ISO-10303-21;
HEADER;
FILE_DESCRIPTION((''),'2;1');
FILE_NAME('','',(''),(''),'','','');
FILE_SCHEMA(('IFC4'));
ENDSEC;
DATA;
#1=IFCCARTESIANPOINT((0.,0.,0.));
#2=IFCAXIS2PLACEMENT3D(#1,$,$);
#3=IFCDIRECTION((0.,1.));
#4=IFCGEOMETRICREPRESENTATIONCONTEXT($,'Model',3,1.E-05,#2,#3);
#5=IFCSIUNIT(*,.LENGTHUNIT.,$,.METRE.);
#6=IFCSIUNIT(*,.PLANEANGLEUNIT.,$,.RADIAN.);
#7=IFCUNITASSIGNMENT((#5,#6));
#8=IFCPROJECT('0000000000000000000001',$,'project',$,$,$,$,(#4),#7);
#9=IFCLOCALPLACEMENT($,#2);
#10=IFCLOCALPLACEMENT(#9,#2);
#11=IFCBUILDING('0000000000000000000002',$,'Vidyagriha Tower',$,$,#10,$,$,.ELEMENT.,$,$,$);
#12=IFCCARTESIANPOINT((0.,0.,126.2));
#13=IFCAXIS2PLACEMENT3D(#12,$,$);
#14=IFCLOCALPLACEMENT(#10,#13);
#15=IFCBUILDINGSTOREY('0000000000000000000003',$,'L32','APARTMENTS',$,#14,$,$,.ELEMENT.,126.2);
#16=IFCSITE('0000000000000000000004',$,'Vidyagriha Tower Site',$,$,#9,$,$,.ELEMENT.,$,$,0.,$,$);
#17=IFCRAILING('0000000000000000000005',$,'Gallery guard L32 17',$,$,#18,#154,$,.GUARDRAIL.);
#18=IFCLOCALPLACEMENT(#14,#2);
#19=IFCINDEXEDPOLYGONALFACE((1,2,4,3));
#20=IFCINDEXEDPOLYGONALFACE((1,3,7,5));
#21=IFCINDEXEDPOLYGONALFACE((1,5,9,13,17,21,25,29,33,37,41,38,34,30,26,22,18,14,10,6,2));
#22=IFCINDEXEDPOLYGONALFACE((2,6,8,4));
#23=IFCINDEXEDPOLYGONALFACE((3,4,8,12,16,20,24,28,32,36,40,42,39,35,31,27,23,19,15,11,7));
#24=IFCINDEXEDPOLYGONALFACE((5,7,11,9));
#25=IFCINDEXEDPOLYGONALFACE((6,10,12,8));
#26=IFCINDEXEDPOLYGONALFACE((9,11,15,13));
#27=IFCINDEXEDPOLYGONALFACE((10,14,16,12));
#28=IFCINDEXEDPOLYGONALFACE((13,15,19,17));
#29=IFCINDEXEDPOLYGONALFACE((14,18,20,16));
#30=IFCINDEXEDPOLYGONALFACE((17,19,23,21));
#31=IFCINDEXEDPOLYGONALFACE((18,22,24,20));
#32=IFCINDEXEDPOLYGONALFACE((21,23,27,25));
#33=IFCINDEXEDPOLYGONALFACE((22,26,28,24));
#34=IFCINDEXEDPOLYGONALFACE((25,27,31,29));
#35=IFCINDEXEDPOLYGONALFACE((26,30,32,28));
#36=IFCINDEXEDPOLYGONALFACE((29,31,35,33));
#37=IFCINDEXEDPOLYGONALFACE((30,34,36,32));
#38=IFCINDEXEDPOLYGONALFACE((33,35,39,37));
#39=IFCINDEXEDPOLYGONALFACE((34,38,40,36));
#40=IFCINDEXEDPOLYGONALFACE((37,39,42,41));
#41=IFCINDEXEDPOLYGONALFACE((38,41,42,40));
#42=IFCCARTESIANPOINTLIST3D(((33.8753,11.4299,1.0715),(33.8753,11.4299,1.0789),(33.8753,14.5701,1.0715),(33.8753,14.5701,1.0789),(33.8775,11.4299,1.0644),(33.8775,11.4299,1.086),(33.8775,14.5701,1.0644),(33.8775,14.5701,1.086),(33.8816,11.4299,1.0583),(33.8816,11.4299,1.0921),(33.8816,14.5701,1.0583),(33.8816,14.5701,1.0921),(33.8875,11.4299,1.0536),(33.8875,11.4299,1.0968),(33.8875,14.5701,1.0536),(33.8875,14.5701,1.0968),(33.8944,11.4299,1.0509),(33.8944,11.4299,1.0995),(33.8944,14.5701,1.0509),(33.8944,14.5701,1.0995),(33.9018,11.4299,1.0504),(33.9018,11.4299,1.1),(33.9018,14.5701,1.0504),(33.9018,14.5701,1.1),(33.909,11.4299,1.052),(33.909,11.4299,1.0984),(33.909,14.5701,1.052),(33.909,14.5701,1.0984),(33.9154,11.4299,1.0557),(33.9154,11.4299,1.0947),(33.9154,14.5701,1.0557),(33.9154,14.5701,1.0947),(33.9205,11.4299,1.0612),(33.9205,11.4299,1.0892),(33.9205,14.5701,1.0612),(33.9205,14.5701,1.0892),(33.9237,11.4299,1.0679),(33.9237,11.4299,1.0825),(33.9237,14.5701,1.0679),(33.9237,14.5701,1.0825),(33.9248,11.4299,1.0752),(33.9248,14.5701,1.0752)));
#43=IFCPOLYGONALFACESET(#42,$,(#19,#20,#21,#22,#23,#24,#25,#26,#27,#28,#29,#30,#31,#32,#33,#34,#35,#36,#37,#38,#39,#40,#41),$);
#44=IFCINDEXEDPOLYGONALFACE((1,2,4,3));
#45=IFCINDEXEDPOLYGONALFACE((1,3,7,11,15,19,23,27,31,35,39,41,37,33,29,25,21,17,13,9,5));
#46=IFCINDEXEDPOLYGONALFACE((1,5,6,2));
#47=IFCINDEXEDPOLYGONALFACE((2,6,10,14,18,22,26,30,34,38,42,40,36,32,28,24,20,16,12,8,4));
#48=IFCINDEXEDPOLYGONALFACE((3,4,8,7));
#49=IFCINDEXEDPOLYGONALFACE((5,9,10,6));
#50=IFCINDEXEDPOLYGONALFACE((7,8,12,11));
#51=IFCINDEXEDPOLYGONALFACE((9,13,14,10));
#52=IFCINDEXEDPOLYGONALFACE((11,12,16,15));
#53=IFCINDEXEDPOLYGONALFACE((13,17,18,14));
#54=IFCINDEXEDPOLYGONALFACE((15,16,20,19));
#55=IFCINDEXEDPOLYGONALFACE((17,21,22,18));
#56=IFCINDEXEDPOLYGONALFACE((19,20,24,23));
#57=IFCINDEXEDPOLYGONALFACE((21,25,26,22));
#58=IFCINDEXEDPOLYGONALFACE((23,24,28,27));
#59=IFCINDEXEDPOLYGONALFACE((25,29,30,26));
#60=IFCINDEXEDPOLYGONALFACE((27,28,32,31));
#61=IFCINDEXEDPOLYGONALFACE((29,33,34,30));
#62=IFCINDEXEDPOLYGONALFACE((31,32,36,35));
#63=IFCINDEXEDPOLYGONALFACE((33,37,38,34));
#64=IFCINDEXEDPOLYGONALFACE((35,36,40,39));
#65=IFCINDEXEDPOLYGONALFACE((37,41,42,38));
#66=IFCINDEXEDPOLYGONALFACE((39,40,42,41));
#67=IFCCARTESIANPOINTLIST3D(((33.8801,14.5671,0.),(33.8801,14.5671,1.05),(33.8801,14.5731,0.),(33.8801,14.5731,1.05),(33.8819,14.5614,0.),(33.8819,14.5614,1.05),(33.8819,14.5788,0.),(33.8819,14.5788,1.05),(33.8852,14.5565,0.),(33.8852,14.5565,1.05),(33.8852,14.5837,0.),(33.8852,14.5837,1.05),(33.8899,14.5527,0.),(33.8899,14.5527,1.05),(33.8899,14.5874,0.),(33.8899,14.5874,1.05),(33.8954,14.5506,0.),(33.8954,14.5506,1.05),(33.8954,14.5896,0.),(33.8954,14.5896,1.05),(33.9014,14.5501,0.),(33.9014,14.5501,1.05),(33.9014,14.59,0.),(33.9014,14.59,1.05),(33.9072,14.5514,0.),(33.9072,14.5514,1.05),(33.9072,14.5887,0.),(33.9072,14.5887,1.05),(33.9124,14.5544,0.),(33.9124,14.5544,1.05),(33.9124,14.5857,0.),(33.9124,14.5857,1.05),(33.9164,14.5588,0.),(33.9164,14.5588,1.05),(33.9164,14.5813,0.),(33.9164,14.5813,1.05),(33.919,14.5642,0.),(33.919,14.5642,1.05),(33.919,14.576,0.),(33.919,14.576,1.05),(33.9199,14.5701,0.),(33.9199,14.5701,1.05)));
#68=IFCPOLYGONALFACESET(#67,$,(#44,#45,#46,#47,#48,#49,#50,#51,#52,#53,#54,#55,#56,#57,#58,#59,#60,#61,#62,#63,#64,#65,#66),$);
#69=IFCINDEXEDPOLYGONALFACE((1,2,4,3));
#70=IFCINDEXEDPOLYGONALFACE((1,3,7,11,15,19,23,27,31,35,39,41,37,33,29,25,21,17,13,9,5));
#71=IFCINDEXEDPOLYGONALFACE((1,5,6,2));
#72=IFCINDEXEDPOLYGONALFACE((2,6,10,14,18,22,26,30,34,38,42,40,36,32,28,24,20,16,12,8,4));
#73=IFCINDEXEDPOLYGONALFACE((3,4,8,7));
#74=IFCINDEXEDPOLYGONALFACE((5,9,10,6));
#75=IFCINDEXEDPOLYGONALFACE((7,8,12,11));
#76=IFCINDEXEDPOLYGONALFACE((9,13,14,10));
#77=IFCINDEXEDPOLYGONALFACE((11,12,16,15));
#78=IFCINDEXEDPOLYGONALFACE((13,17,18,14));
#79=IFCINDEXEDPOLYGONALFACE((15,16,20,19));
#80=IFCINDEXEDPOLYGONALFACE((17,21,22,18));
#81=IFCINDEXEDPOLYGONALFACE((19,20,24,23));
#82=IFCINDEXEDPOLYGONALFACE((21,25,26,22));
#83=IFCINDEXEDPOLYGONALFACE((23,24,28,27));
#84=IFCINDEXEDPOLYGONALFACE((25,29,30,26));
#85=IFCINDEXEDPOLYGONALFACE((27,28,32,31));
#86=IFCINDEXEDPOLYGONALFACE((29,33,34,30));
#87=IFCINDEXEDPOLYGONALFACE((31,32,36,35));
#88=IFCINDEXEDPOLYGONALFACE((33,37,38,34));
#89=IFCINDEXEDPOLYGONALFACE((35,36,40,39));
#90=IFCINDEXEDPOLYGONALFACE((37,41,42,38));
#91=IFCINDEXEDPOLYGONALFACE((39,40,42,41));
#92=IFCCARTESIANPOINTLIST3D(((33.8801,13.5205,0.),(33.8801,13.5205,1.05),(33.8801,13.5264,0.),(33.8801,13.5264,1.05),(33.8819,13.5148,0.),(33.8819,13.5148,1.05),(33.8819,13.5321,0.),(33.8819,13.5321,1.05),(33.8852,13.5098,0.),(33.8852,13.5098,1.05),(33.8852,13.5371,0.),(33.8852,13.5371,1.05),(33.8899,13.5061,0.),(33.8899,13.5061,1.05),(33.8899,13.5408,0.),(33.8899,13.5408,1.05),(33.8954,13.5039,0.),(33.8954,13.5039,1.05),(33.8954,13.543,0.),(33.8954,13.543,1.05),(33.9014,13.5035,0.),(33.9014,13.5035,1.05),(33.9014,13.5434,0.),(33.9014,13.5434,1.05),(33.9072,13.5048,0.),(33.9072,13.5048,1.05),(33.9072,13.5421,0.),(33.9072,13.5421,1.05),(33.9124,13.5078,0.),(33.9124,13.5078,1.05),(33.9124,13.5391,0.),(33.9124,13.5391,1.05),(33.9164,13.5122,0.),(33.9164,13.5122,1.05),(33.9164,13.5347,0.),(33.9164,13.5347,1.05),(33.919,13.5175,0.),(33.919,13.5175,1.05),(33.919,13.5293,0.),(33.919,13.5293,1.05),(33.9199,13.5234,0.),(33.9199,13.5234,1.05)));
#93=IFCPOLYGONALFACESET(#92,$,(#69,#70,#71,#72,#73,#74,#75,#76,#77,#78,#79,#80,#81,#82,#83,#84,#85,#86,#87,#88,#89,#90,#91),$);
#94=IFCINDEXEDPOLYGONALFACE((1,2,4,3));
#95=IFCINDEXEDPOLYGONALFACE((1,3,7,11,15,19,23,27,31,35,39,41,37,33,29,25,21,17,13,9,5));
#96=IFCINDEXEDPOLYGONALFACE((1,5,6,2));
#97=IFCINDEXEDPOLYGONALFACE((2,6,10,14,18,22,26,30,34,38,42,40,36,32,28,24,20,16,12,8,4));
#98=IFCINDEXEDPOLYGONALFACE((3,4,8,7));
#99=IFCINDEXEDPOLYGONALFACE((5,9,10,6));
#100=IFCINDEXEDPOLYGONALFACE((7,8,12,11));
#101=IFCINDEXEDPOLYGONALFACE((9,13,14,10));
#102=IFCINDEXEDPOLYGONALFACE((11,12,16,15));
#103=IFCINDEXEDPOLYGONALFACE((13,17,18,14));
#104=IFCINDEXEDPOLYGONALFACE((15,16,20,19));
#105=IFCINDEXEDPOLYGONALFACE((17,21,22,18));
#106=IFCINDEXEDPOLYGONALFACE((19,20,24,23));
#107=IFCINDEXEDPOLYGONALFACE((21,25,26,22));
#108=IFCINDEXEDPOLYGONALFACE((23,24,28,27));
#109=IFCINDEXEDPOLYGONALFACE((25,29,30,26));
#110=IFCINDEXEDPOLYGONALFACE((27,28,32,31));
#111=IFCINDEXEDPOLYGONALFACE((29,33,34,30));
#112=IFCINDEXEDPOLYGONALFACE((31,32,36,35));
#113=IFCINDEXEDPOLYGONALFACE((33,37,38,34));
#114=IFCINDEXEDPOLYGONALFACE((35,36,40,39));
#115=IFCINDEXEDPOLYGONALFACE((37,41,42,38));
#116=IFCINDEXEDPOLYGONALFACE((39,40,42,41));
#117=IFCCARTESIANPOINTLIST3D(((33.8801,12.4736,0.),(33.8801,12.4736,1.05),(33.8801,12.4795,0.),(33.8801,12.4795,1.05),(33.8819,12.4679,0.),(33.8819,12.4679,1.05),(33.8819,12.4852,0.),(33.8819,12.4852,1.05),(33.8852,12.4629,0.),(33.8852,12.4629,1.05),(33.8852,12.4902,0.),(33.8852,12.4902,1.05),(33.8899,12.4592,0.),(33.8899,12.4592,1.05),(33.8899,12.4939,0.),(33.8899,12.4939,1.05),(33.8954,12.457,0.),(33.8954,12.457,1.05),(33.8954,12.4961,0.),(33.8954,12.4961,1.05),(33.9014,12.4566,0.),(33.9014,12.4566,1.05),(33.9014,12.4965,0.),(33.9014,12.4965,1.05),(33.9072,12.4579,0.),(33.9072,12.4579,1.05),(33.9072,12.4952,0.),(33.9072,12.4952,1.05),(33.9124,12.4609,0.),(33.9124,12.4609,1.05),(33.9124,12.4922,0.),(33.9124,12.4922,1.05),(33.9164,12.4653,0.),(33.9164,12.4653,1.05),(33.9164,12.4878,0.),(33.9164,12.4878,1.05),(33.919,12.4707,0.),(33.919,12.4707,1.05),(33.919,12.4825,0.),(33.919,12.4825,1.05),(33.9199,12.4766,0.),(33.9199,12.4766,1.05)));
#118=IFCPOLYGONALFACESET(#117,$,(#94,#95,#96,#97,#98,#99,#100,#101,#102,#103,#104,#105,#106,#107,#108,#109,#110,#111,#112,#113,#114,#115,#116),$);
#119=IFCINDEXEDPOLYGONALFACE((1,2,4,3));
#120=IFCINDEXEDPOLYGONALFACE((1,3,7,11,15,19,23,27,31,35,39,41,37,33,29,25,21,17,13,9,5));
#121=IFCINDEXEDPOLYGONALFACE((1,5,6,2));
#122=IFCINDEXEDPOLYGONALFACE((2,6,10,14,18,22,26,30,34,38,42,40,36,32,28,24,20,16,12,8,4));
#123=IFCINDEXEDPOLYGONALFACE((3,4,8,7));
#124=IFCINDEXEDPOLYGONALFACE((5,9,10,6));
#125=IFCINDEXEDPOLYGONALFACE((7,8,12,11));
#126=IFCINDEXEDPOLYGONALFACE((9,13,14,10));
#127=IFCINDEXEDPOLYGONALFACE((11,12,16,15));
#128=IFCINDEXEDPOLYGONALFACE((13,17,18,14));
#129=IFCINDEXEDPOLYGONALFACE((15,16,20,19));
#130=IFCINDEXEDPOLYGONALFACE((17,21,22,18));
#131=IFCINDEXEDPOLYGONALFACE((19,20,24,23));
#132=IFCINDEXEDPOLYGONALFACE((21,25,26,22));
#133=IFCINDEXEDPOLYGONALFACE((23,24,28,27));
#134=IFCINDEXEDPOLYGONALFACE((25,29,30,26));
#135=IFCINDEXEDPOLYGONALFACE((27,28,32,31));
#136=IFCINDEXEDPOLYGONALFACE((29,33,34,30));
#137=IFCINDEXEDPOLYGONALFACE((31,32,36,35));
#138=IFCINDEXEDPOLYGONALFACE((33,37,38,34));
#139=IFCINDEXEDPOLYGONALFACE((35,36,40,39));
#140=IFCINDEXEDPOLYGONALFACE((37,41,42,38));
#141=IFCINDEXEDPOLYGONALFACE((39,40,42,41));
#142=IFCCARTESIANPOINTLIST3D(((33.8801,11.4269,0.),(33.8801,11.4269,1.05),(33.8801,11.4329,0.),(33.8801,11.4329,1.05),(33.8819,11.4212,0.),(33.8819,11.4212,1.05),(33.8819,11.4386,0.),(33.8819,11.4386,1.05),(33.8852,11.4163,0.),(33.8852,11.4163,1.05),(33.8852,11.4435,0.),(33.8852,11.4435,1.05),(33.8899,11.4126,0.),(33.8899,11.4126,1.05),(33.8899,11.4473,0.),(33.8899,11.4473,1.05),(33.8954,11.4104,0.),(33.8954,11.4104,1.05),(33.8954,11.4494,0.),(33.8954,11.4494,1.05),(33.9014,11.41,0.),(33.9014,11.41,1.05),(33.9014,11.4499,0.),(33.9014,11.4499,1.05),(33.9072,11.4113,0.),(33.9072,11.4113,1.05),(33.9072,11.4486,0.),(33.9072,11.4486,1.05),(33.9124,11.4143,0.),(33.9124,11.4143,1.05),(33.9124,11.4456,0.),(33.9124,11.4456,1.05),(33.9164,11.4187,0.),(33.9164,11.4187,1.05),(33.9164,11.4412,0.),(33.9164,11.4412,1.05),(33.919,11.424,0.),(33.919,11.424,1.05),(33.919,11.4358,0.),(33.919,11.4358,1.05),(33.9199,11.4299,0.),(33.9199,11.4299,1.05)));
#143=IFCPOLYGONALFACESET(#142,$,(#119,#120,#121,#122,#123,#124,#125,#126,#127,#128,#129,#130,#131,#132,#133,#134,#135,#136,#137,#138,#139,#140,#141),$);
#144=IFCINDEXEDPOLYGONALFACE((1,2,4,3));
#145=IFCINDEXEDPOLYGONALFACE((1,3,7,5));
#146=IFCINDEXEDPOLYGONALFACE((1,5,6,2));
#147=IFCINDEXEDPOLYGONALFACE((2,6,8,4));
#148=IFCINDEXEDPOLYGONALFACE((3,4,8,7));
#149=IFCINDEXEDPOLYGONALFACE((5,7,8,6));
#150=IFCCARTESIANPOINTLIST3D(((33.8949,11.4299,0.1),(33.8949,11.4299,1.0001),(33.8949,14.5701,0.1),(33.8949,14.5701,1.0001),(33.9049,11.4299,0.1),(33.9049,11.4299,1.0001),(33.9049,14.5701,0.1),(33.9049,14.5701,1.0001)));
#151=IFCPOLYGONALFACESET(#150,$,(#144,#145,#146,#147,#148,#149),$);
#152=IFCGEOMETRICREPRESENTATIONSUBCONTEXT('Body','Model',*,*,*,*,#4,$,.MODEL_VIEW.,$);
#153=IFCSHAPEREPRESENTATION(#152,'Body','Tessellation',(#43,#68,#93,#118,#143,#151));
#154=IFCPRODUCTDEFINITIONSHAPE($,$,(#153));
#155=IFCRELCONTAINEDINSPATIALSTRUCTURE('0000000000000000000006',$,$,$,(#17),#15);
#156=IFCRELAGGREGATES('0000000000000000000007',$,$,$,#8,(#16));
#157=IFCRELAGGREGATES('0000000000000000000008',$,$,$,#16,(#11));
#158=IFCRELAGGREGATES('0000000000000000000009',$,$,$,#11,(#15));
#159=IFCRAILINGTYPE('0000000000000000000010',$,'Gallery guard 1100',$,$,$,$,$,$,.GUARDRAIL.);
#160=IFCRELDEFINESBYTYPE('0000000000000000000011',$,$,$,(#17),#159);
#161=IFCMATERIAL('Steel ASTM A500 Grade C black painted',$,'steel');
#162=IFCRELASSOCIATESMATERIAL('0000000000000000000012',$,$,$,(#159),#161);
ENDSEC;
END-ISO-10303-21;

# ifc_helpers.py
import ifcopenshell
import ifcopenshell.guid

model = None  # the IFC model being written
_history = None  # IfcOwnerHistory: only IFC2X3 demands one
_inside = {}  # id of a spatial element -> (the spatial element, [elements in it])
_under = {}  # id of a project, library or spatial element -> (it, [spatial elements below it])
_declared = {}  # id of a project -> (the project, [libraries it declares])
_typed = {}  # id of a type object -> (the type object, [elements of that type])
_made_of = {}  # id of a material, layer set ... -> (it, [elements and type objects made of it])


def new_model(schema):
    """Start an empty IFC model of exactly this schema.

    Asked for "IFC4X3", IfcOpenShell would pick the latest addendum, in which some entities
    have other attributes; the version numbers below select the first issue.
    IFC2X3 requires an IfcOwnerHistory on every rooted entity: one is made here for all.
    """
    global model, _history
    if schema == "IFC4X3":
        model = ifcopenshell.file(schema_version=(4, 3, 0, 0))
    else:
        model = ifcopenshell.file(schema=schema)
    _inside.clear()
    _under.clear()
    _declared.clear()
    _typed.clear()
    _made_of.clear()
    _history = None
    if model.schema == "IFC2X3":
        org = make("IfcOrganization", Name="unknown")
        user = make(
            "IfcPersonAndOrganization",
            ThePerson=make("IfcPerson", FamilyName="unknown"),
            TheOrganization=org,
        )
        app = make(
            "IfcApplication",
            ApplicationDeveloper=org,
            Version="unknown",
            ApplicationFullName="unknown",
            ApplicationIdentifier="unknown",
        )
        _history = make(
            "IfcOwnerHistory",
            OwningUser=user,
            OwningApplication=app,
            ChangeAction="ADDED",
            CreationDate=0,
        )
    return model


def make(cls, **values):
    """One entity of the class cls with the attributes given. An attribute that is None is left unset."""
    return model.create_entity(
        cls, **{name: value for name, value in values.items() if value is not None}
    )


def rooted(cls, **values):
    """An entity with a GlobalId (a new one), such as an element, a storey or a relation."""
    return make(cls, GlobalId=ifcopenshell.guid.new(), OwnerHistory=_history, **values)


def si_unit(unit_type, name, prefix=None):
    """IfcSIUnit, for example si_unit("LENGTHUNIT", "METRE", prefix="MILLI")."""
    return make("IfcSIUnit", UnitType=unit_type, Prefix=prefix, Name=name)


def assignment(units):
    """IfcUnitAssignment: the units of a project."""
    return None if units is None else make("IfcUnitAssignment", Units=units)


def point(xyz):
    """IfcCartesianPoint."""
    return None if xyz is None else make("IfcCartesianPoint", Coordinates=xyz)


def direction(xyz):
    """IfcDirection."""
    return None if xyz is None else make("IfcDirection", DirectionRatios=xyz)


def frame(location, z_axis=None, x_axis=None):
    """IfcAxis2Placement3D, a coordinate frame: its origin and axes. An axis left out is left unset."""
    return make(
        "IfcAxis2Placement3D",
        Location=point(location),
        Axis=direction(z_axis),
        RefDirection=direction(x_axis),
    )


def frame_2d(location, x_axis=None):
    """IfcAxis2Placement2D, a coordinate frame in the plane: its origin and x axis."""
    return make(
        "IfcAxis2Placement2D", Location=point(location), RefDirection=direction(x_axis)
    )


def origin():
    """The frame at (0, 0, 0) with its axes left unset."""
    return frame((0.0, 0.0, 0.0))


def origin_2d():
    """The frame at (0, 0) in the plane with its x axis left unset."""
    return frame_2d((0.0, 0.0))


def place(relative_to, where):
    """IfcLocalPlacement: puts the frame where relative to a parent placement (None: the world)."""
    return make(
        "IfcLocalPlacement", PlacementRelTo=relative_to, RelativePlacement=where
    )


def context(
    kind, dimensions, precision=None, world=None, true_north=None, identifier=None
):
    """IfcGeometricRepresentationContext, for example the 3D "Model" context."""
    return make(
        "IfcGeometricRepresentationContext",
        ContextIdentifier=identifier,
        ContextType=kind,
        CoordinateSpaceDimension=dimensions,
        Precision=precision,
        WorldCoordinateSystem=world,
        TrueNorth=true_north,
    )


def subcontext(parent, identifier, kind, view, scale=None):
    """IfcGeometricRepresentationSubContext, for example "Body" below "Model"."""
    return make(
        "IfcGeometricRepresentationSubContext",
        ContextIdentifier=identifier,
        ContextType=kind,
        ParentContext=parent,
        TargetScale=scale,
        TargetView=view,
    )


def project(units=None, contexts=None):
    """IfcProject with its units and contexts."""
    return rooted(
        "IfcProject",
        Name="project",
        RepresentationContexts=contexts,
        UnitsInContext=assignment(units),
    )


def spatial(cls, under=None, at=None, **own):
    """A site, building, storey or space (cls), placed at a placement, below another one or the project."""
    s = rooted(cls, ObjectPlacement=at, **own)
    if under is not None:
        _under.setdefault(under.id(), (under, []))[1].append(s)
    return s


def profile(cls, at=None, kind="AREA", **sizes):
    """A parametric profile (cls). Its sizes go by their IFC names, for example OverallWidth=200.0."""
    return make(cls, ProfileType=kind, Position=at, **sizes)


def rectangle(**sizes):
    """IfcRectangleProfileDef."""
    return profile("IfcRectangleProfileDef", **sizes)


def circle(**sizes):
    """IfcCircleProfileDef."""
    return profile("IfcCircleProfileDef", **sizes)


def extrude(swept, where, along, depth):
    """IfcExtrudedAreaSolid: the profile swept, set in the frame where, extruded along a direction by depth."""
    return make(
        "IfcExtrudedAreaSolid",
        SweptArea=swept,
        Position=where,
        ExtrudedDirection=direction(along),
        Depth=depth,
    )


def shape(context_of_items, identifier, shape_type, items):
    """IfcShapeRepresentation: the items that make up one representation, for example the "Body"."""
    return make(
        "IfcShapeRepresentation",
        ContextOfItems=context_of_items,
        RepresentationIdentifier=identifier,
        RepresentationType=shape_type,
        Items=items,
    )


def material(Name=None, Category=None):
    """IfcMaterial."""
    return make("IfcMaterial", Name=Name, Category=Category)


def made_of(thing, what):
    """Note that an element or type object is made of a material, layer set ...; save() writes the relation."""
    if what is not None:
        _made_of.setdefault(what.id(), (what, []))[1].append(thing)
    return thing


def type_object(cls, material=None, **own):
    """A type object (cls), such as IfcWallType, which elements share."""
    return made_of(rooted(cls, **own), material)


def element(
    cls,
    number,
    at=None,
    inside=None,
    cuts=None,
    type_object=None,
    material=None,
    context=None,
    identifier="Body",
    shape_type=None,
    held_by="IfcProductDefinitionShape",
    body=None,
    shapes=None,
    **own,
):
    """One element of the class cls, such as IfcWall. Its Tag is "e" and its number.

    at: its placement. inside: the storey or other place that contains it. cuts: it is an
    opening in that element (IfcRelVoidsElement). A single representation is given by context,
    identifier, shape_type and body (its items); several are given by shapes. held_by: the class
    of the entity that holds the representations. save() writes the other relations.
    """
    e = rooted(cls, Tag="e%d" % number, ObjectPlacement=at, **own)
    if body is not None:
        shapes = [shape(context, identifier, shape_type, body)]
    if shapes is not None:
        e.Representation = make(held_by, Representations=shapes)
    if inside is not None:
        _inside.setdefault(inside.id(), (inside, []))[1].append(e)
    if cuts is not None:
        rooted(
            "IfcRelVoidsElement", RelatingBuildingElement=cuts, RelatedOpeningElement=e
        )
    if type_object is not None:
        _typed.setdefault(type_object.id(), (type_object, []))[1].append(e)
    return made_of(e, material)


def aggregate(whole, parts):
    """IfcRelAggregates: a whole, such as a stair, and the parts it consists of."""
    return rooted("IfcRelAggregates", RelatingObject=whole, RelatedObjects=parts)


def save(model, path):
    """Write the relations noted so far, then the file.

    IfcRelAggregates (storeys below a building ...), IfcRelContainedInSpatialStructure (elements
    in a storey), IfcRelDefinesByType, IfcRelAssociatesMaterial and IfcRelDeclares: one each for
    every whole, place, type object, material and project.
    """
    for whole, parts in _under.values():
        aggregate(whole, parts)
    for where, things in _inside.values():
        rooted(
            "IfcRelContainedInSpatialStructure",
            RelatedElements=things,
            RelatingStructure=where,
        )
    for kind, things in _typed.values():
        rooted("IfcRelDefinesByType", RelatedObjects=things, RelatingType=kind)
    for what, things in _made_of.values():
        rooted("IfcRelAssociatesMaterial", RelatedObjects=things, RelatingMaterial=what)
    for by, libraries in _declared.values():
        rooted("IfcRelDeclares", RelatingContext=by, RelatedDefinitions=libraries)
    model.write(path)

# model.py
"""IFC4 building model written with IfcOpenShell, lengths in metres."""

from ifc_helpers import new_model, si_unit, direction, frame, origin, origin_2d, place, context, subcontext, project, spatial, rectangle, circle, extrude, material, type_object, element, save


model = new_model("IFC4")

# Units and contexts
model_context = context("Model", 3, precision=1e-05, world=origin(), true_north=direction((0.0, 1.0)))
body_context = subcontext(model_context, "Body", "Model", "MODEL_VIEW")
ifc_project = project(units=[si_unit("LENGTHUNIT", "METRE"), si_unit("PLANEANGLEUNIT", "RADIAN")], contexts=[model_context])

# Site, building, storey
site_placement = place(None, origin())
site = spatial("IfcSite", under=ifc_project, at=site_placement, Name="Vidyagriha Tower Site", CompositionType="ELEMENT", RefElevation=0.0)
building_placement = place(site_placement, origin())
building = spatial("IfcBuilding", under=site, at=building_placement, Name="Vidyagriha Tower", CompositionType="ELEMENT")
storey_placement = place(building_placement, frame((0.0, 0.0, 126.2)))
storey = spatial("IfcBuildingStorey", under=building, at=storey_placement, Name="L32", Description="APARTMENTS", CompositionType="ELEMENT", Elevation=126.2)

# Railing
ifc_material_1 = material(Name="Steel ASTM A500 Grade C black painted", Category="steel")
railing_type = type_object("IfcRailingType", Name="Gallery guard 1100", PredefinedType="GUARDRAIL", material=ifc_material_1)
railing_1_placement = place(storey_placement, frame((33.8999, 14.5701, 0.0)))
element("IfcRailing", 1, at=railing_1_placement, inside=storey, type_object=railing_type, Name="Gallery guard L32 17", PredefinedType="GUARDRAIL", context=body_context, shape_type="SweptSolid", body=[
    extrude(circle(Radius=0.0249, at=origin_2d()), frame((0.0, 0.0, 1.0752), z_axis=(0.0, -1.0, 0.0), x_axis=(1.0, 0.0, 0.0)), (0.0, 0.0, 1.0), 3.1401),
    extrude(circle(Radius=0.02, at=origin_2d()), origin(), (0.0, 0.0, 1.0), 1.05),
    extrude(circle(Radius=0.02, at=origin_2d()), frame((0.0, -1.0466, 0.0)), (0.0, 0.0, 1.0), 1.05),
    extrude(circle(Radius=0.02, at=origin_2d()), frame((0.0, -2.0935, 0.0)), (0.0, 0.0, 1.0), 1.05),
    extrude(circle(Radius=0.02, at=origin_2d()), frame((0.0, -3.1401, 0.0)), (0.0, 0.0, 1.0), 1.05),
    extrude(rectangle(XDim=0.01, YDim=0.9001, at=origin_2d()), frame((0.0, 0.0, 0.55), z_axis=(0.0, -1.0, 0.0), x_axis=(1.0, 0.0, 0.0)), (0.0, 0.0, 1.0), 3.1401),
])

save(model, "model.ifc")
